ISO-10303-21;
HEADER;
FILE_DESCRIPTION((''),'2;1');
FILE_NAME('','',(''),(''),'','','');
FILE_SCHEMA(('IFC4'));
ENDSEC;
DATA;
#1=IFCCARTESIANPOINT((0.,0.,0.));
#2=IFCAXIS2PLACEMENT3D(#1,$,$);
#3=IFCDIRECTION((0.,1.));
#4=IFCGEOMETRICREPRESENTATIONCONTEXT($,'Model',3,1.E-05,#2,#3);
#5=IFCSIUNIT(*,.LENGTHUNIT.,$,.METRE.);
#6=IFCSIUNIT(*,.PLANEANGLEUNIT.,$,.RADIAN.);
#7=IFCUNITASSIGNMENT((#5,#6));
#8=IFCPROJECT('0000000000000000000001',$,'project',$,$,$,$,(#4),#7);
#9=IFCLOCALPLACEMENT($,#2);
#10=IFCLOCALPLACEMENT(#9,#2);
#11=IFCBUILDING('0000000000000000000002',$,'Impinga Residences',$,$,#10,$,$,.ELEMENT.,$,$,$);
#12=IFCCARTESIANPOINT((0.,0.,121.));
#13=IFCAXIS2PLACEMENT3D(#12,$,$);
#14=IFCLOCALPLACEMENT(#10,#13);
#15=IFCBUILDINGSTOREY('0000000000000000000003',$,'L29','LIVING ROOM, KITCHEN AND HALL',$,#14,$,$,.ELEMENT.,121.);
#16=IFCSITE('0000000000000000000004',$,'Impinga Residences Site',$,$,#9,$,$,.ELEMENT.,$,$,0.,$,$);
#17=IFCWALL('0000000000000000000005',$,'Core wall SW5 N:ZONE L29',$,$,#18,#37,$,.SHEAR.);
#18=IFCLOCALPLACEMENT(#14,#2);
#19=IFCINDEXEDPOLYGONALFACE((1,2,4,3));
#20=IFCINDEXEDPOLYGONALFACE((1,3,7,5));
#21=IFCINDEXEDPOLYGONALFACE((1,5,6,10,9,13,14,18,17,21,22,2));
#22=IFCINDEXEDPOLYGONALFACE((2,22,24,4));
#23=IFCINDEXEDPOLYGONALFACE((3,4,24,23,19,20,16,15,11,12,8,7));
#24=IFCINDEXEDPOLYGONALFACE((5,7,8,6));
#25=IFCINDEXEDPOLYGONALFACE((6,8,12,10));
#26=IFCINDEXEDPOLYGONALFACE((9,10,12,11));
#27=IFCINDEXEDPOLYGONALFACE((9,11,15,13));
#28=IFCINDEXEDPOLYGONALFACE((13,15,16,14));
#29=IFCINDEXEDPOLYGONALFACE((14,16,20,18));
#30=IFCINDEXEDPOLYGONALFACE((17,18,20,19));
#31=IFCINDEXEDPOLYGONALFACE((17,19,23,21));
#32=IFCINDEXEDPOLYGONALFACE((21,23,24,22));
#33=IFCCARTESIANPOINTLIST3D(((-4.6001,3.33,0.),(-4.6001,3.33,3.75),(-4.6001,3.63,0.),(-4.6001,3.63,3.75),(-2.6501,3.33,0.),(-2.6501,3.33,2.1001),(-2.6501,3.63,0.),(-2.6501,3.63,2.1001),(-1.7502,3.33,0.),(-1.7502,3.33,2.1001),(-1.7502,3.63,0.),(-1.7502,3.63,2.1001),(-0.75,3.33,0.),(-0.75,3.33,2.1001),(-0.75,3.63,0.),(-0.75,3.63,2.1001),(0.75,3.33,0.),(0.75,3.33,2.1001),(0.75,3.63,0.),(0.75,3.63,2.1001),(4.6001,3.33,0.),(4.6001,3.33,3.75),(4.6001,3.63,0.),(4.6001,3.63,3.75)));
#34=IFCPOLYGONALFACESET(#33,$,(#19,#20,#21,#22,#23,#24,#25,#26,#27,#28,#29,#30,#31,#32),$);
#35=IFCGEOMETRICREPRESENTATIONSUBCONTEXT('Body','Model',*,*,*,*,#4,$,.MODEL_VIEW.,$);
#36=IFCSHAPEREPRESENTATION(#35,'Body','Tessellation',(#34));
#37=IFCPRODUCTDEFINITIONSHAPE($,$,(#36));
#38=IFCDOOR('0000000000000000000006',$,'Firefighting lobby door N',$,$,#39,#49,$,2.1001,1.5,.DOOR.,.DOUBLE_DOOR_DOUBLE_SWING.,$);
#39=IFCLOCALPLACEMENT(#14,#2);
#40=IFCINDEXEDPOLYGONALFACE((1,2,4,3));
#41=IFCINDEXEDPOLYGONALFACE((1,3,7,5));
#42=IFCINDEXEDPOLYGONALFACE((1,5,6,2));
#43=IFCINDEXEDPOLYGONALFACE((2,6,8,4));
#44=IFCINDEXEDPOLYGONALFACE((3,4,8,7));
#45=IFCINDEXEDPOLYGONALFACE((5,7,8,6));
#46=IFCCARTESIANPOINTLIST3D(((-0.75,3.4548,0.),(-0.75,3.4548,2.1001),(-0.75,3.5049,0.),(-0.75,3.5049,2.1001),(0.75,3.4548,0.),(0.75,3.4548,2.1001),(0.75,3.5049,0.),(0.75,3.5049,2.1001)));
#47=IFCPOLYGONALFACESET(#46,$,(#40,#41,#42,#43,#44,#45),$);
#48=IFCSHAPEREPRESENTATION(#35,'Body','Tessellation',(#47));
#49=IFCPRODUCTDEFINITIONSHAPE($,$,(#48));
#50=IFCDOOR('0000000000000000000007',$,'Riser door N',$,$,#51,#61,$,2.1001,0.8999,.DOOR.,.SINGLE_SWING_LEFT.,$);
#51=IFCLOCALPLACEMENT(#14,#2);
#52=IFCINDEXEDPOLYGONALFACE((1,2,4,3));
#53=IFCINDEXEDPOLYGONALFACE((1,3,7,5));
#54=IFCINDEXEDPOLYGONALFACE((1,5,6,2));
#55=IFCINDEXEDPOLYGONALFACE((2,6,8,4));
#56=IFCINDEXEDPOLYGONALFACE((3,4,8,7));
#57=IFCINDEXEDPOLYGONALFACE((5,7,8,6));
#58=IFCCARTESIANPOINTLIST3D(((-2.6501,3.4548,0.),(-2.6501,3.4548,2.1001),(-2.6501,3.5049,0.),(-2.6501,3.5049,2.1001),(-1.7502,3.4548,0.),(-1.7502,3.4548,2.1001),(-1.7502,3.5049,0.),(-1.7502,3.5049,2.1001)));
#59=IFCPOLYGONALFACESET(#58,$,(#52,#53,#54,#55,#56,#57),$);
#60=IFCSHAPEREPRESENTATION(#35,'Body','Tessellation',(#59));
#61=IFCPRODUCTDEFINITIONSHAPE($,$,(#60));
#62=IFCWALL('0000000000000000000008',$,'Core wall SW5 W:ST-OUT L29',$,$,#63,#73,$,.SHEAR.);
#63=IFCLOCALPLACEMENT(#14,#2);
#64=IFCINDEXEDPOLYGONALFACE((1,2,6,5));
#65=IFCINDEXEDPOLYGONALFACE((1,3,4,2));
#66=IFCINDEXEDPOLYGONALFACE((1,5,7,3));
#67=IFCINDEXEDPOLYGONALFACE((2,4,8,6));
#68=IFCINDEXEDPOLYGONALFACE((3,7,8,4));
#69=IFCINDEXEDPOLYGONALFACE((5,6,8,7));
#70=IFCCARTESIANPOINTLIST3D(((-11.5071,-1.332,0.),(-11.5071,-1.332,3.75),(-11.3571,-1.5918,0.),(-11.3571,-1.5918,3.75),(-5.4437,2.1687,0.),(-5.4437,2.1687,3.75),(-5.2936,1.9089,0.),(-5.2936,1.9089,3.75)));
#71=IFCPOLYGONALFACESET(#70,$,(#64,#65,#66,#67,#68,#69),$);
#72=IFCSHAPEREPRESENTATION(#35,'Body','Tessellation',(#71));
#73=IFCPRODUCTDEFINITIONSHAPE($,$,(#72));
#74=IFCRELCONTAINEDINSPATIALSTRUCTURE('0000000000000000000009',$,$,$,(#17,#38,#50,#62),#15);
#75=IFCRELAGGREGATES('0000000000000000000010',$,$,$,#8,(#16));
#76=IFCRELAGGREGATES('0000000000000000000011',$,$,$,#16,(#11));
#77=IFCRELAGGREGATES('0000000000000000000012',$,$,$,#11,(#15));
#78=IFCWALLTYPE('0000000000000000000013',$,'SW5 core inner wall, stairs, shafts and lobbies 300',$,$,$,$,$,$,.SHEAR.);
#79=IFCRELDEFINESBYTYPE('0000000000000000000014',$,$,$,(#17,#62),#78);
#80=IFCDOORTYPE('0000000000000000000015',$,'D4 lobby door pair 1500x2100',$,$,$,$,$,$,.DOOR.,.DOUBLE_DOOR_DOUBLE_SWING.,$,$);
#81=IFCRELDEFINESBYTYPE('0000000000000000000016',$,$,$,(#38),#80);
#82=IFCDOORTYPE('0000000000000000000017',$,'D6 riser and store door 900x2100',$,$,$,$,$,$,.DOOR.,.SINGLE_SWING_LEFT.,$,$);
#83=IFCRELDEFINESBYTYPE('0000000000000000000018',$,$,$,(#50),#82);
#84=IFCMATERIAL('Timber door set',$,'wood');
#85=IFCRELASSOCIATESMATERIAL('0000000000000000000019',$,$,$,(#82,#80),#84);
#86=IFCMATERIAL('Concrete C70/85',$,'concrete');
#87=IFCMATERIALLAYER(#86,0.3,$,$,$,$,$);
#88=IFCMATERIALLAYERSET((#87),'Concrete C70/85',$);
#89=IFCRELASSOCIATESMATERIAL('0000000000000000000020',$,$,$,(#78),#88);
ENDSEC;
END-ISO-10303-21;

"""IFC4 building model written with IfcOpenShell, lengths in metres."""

from ifc_helpers import new_model, si_unit, direction, frame, frame_2d, origin, place, context, subcontext, project, spatial, rectangle, extrude, material, layer, layer_set, type_object, element, fill, save


model = new_model("IFC4")

# Units and contexts
model_context = context("Model", 3, precision=1e-05, world=origin(), true_north=direction((0.0, 1.0)))
body_context = subcontext(model_context, "Body", "Model", "MODEL_VIEW")
ifc_project = project(units=[si_unit("LENGTHUNIT", "METRE"), si_unit("PLANEANGLEUNIT", "RADIAN")], contexts=[model_context])

# Site, building, storey
site_placement = place(None, origin())
site = spatial("IfcSite", under=ifc_project, at=site_placement, Name="Impinga Residences Site", CompositionType="ELEMENT", RefElevation=0.0)
building_placement = place(site_placement, origin())
building = spatial("IfcBuilding", under=site, at=building_placement, Name="Impinga Residences", CompositionType="ELEMENT")
storey_placement = place(building_placement, frame((0.0, 0.0, 121.0)))
storey = spatial("IfcBuildingStorey", under=building, at=storey_placement, Name="L29", Description="LIVING ROOM, KITCHEN AND HALL", CompositionType="ELEMENT", Elevation=121.0)

# Shared definitions
ifc_material_1 = material(Name="Timber door set", Category="wood")
door_type_1 = type_object("IfcDoorType", Name="D6 riser and store door 900x2100", OperationType="SINGLE_SWING_LEFT", PredefinedType="DOOR", material=ifc_material_1)

# Wall, openings, doors
ifc_material_2 = material(Name="Concrete C70/85", Category="concrete")
ifc_layer_1 = layer(ifc_material_2, 0.3)
ifc_layer_set_1 = layer_set([ifc_layer_1], Name="Concrete C70/85")
wall_type_1 = type_object("IfcWallType", Name="SW5 core inner wall, stairs, shafts and lobbies 300", PredefinedType="SHEAR", material=ifc_layer_set_1)
wall_1_placement = place(storey_placement, frame((-4.6001, 3.48, 0.0), z_axis=(0.0, 0.0, 1.0), x_axis=(1.0, 0.0, 0.0)))
wall_1 = element("IfcWall", 1, at=wall_1_placement, inside=storey, type_object=wall_type_1, Name="Core wall SW5 N:ZONE L29", PredefinedType="SHEAR", context=body_context, shape_type="SweptSolid", body=[
    extrude(rectangle(XDim=9.2002, YDim=0.3, at=frame_2d((4.6001, 0.0))), origin(), (0.0, 0.0, 1.0), 3.75),
])
opening_1_placement = place(wall_1_placement, frame((3.8501, 0.0, 0.0)))
opening_1 = element("IfcOpeningElement", 2, at=opening_1_placement, cuts=wall_1, PredefinedType="OPENING", context=body_context, shape_type="SweptSolid", body=[
    extrude(rectangle(XDim=1.5, YDim=2.1001, at=frame_2d((0.75, 1.05))), frame((0.0, 0.1599, 0.0), z_axis=(0.0, -1.0, 0.0), x_axis=(1.0, 0.0, 0.0)), (0.0, 0.0, 1.0), 0.3201),
])
opening_2_placement = place(wall_1_placement, frame((1.95, 0.0, 0.0)))
opening_2 = element("IfcOpeningElement", 3, at=opening_2_placement, cuts=wall_1, PredefinedType="OPENING", context=body_context, shape_type="SweptSolid", body=[
    extrude(rectangle(XDim=0.8999, YDim=2.1001, at=frame_2d((0.45, 1.05))), frame((0.0, 0.1599, 0.0), z_axis=(0.0, -1.0, 0.0), x_axis=(1.0, 0.0, 0.0)), (0.0, 0.0, 1.0), 0.3201),
])
door_type_2 = type_object("IfcDoorType", Name="D4 lobby door pair 1500x2100", OperationType="DOUBLE_DOOR_DOUBLE_SWING", PredefinedType="DOOR", material=ifc_material_1)
door_1_placement = place(opening_1_placement, origin())
door_1 = element("IfcDoor", 4, at=door_1_placement, inside=storey, type_object=door_type_2, Name="Firefighting lobby door N", OperationType="DOUBLE_DOOR_DOUBLE_SWING", OverallHeight=2.1001, OverallWidth=1.5, PredefinedType="DOOR", context=body_context, shape_type="SweptSolid", body=[
    extrude(rectangle(XDim=1.5, YDim=2.1001, at=frame_2d((0.75, 1.05))), frame((0.0, 0.0249, 0.0), z_axis=(0.0, -1.0, 0.0), x_axis=(1.0, 0.0, 0.0)), (0.0, 0.0, 1.0), 0.05),
])
fill(opening_1, door_1)
door_2_placement = place(opening_2_placement, origin())
door_2 = element("IfcDoor", 5, at=door_2_placement, inside=storey, type_object=door_type_1, Name="Riser door N", OperationType="SINGLE_SWING_LEFT", OverallHeight=2.1001, OverallWidth=0.8999, PredefinedType="DOOR", context=body_context, shape_type="SweptSolid", body=[
    extrude(rectangle(XDim=0.8999, YDim=2.1001, at=frame_2d((0.45, 1.05))), frame((0.0, 0.0249, 0.0), z_axis=(0.0, -1.0, 0.0), x_axis=(1.0, 0.0, 0.0)), (0.0, 0.0, 1.0), 0.05),
])
fill(opening_2, door_2)

# Wall
wall_2_placement = place(storey_placement, frame((-5.3687, 2.0388, 0.0), z_axis=(0.0, 0.0, 1.0), x_axis=(-0.866026, -0.499998, 0.0)))
element("IfcWall", 6, at=wall_2_placement, inside=storey, type_object=wall_type_1, Name="Core wall SW5 W:ST-OUT L29", PredefinedType="SHEAR", context=body_context, shape_type="SweptSolid", body=[
    extrude(rectangle(XDim=7.0015, YDim=0.3, at=frame_2d((3.5007, 0.0))), origin(), (0.0, 0.0, 1.0), 3.75),
])

save(model, "model.ifc")
